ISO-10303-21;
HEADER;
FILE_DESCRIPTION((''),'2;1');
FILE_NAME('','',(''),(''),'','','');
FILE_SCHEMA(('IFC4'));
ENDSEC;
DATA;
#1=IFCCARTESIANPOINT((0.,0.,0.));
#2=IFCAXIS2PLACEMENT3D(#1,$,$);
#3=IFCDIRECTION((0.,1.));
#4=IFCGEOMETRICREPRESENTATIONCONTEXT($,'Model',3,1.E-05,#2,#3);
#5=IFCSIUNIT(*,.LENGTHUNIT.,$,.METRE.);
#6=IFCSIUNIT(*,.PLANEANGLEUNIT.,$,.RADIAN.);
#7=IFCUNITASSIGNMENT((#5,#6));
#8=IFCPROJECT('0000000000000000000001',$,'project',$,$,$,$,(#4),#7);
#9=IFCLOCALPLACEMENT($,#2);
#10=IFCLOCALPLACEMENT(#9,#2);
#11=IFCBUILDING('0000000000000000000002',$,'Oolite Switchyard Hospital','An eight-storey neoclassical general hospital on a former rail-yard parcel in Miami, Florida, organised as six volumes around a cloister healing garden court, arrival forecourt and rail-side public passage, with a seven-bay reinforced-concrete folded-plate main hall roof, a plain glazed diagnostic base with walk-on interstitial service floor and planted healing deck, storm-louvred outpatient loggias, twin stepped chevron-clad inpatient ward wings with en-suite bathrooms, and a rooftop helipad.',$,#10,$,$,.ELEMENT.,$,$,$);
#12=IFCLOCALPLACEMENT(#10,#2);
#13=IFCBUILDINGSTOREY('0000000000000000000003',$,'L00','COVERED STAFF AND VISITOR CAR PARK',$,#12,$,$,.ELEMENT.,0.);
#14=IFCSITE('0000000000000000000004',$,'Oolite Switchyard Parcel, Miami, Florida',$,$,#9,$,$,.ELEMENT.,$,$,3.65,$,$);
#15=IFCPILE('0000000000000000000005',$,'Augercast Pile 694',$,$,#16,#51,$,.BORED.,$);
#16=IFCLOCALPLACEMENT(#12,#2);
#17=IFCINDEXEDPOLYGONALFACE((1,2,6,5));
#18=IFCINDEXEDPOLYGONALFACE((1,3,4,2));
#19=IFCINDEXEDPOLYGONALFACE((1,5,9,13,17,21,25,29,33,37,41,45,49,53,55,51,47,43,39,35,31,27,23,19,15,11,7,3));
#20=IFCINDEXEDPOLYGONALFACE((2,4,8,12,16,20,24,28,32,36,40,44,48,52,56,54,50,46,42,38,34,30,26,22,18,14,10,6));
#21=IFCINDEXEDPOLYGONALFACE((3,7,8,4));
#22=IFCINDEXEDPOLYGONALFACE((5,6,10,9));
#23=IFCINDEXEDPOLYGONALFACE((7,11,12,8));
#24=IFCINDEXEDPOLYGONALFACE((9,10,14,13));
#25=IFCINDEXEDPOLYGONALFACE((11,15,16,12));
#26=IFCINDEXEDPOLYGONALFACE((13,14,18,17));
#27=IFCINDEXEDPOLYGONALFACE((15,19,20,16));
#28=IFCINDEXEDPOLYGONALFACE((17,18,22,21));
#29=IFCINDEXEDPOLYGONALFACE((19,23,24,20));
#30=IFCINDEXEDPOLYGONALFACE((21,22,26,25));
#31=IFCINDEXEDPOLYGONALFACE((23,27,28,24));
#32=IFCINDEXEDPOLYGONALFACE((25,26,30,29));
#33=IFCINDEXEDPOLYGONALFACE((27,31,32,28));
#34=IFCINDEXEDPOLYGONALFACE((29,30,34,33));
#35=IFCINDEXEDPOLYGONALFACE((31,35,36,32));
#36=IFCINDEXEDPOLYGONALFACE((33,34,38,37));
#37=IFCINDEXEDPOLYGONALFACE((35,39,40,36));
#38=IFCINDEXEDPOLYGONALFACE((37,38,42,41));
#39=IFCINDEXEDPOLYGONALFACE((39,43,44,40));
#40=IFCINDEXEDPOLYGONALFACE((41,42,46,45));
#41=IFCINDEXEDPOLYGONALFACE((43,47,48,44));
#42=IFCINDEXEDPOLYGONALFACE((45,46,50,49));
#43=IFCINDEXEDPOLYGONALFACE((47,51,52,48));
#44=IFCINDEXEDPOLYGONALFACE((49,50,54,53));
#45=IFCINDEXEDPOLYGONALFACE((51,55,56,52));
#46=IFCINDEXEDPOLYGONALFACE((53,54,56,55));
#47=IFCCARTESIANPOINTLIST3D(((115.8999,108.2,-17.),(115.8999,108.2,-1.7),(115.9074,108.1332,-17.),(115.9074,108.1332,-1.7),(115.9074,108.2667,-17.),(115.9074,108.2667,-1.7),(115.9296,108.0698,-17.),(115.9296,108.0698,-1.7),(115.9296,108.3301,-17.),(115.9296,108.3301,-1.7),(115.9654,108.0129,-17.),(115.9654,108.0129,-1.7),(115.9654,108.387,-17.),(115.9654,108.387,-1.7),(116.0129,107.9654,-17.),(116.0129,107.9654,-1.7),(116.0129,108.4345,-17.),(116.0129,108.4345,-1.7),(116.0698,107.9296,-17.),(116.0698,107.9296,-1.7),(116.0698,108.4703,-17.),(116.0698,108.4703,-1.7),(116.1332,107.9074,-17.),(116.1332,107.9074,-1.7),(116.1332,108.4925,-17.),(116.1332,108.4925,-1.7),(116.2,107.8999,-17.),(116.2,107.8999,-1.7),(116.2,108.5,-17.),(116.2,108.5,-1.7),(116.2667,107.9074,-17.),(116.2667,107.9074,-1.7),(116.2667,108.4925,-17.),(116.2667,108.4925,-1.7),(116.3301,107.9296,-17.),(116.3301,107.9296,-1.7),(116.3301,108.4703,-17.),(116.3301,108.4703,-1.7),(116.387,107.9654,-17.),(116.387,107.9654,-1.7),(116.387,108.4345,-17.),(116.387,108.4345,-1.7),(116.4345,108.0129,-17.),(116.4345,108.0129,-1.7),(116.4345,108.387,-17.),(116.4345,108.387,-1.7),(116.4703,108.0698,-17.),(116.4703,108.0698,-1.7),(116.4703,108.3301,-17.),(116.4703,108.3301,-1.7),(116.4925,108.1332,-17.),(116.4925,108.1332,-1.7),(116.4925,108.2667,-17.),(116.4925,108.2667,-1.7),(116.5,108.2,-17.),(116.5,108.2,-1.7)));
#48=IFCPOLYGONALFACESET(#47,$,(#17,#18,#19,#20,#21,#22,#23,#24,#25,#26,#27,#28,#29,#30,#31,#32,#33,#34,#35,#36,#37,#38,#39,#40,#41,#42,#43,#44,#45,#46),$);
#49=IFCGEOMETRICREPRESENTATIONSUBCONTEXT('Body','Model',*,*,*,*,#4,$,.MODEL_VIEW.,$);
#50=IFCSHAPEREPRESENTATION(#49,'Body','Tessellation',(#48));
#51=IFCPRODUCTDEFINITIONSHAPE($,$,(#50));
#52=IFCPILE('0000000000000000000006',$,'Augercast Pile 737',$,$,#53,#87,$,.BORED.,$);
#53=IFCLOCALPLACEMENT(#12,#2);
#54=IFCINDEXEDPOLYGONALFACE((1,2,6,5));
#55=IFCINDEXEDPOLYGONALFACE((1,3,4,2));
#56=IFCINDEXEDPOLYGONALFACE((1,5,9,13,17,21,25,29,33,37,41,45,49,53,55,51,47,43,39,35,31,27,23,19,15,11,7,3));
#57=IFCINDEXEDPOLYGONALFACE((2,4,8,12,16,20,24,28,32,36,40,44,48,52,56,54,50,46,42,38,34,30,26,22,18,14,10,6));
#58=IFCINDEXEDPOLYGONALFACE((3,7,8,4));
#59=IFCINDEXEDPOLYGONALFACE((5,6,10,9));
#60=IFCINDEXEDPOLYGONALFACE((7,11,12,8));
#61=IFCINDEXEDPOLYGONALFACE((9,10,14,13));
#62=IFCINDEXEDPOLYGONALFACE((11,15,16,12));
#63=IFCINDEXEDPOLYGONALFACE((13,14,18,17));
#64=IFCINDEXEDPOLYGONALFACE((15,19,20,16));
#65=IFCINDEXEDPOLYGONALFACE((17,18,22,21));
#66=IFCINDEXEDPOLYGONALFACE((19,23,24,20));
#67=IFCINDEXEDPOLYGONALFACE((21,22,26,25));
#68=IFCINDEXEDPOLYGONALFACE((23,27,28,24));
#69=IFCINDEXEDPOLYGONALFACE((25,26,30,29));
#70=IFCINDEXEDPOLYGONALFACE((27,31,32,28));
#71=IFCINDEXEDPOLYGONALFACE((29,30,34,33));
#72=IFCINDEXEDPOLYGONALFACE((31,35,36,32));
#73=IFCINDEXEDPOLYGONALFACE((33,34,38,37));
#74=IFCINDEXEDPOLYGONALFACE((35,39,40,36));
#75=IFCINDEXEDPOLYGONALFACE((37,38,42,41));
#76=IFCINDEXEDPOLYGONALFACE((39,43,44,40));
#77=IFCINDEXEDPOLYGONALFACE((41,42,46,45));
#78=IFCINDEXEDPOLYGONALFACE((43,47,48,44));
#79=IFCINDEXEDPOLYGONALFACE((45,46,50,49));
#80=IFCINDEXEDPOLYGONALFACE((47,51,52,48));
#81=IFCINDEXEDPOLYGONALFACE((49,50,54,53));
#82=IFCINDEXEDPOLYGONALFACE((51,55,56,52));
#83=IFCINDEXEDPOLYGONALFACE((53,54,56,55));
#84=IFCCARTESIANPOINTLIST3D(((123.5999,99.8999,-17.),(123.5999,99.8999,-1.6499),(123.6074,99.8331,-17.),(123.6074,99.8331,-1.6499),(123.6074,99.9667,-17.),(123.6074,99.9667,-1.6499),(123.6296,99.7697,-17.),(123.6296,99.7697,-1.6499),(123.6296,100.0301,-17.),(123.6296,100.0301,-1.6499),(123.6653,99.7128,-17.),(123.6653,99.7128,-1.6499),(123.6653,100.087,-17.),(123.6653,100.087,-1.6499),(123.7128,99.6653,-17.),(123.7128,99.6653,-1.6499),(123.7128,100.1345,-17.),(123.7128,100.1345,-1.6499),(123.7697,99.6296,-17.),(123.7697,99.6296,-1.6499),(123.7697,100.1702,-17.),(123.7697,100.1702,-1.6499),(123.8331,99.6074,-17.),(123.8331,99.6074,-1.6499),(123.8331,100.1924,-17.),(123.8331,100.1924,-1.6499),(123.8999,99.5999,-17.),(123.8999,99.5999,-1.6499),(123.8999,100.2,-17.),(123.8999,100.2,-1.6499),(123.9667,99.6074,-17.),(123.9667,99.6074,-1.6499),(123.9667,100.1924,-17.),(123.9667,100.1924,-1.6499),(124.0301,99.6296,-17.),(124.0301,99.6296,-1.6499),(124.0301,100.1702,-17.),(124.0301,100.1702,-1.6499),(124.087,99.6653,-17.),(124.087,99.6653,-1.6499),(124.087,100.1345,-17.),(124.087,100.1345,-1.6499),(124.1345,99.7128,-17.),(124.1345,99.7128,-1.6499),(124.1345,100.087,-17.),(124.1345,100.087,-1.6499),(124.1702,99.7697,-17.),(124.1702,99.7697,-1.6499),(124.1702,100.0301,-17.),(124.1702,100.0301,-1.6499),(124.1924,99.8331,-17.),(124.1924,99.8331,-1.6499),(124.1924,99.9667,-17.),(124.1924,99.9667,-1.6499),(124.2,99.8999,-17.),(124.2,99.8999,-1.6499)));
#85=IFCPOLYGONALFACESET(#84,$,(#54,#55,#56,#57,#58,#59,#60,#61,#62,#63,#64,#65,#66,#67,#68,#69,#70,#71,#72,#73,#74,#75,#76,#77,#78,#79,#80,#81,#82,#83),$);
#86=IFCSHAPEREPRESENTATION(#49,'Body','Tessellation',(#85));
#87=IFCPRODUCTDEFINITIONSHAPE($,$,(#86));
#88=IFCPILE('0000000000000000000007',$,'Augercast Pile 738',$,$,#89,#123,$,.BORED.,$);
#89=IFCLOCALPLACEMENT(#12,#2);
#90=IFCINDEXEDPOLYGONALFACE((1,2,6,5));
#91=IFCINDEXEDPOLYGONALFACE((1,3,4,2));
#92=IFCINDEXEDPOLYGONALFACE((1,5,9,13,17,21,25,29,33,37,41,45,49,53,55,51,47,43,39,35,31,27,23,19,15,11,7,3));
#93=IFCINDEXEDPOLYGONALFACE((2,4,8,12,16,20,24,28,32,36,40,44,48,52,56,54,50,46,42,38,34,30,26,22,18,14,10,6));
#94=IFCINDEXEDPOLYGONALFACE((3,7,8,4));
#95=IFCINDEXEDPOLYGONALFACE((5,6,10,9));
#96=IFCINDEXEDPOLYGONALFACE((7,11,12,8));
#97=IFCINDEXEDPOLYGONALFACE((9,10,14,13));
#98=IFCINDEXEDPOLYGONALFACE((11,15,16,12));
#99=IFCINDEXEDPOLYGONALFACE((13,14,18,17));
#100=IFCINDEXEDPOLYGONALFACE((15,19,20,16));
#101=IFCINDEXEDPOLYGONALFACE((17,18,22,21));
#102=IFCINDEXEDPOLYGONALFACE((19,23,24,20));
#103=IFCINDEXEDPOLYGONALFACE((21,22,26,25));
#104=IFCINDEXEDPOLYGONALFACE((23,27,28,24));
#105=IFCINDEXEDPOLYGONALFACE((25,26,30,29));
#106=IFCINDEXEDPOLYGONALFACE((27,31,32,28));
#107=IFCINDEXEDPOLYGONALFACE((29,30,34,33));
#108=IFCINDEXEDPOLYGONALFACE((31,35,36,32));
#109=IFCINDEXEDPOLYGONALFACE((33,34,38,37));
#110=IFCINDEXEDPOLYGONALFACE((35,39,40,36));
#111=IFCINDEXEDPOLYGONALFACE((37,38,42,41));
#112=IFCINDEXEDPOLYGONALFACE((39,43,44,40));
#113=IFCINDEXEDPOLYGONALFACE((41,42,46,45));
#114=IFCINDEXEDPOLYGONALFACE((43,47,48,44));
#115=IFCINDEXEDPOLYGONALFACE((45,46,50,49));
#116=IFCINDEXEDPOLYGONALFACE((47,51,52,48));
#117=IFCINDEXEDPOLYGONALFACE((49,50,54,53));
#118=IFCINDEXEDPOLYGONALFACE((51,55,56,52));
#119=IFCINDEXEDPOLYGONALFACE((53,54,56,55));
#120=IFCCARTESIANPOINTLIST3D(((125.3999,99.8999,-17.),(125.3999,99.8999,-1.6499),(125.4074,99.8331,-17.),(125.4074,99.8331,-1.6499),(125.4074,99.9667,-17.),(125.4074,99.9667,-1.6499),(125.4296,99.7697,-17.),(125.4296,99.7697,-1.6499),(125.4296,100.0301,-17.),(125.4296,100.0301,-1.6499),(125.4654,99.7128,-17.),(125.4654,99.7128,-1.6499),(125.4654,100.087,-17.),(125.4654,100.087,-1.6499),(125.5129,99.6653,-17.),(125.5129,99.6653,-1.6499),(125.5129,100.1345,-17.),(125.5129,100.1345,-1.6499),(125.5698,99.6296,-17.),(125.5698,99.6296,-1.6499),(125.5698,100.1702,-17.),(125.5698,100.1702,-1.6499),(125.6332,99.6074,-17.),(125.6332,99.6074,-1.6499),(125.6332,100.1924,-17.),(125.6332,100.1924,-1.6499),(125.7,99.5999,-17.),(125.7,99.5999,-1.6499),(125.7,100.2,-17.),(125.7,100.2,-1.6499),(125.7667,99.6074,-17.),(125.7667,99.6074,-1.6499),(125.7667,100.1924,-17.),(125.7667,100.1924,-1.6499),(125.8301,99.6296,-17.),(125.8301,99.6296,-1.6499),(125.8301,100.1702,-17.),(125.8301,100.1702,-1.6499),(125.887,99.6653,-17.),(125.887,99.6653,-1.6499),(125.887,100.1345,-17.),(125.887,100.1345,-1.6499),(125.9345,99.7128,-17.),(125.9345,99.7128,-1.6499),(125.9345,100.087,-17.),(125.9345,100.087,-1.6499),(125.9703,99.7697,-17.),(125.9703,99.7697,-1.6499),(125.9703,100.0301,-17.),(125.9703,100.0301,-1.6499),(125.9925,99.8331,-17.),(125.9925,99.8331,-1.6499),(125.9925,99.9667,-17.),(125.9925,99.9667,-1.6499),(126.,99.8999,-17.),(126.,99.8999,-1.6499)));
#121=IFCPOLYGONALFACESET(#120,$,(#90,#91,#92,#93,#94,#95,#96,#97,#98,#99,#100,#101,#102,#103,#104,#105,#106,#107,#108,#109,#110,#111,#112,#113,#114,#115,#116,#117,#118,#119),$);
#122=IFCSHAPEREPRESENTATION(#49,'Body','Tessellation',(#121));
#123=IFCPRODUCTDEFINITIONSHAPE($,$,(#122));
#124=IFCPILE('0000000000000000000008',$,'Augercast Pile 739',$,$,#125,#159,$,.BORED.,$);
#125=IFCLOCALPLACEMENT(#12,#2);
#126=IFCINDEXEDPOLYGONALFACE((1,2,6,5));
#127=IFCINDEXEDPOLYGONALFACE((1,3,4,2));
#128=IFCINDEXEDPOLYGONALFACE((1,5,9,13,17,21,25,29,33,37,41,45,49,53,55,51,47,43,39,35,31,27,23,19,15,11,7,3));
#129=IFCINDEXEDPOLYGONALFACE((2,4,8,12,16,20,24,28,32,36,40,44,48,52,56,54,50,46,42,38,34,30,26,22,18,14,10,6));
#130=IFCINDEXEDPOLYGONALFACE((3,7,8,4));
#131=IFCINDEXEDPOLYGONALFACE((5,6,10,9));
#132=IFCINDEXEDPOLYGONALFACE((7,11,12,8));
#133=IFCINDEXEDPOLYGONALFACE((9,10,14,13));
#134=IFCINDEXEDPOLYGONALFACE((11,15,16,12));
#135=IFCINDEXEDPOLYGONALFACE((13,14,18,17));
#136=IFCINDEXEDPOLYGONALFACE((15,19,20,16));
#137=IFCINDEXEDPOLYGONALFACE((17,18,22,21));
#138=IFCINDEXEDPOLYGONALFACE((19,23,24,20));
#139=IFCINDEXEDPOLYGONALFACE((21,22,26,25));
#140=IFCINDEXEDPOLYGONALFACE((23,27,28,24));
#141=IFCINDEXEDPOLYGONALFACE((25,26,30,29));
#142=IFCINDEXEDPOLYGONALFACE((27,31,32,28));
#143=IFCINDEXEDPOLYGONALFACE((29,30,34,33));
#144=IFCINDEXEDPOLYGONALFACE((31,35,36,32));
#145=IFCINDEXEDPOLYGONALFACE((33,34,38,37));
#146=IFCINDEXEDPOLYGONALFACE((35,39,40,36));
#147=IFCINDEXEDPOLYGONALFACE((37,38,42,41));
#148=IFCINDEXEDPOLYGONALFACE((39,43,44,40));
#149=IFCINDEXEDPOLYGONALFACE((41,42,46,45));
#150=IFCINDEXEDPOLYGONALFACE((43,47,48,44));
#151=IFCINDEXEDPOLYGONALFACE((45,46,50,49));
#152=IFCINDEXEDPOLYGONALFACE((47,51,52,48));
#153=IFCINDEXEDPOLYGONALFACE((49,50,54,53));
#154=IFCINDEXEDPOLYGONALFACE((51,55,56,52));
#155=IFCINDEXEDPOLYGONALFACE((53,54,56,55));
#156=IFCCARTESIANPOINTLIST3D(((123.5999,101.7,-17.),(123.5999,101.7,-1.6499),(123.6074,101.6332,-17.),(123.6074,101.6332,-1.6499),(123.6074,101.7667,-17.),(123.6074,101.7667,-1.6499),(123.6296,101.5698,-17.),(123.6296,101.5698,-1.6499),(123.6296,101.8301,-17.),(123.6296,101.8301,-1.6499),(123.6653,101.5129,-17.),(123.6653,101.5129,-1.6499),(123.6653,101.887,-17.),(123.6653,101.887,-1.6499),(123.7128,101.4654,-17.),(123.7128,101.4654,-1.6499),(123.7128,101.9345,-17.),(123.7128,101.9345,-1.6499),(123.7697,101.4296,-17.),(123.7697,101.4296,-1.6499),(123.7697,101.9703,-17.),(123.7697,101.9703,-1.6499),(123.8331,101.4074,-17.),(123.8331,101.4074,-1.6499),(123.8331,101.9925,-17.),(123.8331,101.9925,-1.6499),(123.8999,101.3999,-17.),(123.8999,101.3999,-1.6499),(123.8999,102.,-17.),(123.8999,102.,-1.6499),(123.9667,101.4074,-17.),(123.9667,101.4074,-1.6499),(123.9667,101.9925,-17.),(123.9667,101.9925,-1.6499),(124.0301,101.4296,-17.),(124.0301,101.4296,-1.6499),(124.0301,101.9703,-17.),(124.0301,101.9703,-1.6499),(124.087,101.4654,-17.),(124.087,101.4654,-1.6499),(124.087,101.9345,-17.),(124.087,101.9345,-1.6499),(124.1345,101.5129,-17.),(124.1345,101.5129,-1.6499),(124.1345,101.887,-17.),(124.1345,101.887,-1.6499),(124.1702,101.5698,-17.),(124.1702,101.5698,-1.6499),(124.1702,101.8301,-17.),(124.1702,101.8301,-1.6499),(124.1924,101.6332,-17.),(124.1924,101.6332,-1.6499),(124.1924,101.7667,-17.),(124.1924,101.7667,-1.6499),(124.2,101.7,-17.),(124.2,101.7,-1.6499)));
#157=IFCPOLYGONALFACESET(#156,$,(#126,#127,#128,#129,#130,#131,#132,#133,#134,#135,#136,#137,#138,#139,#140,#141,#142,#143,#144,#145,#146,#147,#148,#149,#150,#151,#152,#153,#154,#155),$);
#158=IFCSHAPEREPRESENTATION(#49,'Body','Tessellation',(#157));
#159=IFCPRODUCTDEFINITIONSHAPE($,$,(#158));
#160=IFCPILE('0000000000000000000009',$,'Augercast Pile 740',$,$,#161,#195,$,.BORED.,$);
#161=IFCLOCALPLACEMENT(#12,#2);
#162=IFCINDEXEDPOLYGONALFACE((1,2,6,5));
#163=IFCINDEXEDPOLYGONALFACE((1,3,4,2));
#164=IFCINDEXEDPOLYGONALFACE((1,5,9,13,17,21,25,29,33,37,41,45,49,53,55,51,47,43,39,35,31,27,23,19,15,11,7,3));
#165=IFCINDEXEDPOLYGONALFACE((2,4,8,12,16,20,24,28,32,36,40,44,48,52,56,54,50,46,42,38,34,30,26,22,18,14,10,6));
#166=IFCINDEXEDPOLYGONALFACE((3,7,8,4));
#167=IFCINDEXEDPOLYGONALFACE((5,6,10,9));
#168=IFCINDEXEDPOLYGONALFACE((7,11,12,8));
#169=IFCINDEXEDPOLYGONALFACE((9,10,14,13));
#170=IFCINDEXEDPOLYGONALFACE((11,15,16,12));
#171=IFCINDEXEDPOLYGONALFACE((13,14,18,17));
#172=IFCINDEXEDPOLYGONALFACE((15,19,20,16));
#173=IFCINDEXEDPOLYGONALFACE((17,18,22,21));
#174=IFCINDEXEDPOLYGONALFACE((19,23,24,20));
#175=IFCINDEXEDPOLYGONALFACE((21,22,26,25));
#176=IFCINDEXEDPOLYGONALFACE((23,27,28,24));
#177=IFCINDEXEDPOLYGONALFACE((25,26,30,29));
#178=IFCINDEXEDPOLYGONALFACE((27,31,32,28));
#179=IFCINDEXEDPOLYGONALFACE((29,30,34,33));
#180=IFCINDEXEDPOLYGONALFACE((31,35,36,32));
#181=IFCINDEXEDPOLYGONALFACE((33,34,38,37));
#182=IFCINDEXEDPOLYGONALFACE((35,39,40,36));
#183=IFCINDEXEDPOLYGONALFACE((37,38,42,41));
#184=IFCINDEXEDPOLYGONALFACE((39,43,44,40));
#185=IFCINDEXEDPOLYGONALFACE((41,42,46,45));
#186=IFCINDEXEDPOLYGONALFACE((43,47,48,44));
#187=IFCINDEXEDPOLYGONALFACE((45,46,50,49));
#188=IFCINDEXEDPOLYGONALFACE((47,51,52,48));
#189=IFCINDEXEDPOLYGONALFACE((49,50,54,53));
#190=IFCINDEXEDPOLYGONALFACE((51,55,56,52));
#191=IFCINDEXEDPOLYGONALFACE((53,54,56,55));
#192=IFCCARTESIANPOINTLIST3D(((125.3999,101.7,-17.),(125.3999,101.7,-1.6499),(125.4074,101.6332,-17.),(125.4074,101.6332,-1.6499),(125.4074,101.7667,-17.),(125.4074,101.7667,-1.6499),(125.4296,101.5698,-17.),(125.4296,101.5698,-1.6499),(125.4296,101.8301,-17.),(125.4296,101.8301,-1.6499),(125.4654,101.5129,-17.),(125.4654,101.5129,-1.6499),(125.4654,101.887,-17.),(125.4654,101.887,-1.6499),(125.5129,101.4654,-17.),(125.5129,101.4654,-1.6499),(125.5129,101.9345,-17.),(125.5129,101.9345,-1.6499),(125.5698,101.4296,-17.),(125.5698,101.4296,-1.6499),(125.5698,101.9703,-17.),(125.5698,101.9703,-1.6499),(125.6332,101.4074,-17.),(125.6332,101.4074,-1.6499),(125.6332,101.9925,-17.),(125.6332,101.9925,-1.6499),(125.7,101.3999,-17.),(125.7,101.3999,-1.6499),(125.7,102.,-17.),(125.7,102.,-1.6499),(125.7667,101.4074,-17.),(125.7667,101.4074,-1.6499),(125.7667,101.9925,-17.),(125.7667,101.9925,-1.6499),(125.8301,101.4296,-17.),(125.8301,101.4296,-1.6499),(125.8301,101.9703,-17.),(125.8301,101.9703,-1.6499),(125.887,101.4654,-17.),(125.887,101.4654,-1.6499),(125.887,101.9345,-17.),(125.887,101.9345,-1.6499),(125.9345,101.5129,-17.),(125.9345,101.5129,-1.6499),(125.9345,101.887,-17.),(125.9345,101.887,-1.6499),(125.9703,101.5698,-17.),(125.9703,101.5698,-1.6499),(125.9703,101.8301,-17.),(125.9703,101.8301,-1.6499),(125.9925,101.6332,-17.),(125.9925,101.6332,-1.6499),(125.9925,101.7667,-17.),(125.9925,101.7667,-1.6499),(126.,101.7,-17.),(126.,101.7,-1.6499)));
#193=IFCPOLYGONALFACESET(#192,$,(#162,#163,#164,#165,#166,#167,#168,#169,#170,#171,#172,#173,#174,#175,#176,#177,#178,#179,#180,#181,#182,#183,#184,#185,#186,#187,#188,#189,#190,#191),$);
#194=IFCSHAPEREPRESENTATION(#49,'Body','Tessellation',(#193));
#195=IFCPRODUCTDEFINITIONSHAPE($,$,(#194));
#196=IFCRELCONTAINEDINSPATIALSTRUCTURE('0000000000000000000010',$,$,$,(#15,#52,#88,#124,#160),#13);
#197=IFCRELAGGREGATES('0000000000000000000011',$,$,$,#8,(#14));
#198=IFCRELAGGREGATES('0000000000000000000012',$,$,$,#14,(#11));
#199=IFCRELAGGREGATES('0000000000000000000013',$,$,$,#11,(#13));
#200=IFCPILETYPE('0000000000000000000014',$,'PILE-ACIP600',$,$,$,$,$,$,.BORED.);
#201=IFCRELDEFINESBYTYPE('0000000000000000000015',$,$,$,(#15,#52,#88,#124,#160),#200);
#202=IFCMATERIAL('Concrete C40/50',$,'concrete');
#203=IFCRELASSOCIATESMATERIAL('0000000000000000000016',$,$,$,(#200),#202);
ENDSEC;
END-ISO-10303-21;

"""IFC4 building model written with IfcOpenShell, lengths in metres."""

from ifc_helpers import new_model, si_unit, direction, frame, origin, origin_2d, place, context, subcontext, project, spatial, circle, extrude, material, material_profile, profile_set, type_object, element, save


model = new_model("IFC4")

# Units and contexts
model_context = context("Model", 3, precision=1e-05, world=origin(), true_north=direction((0.0, 1.0)))
body_context = subcontext(model_context, "Body", "Model", "MODEL_VIEW")
ifc_project = project(units=[si_unit("LENGTHUNIT", "METRE"), si_unit("PLANEANGLEUNIT", "RADIAN")], contexts=[model_context])

# Site, building, storey
site_placement = place(None, origin())
site = spatial("IfcSite", under=ifc_project, at=site_placement, Name="Oolite Switchyard Parcel, Miami, Florida", CompositionType="ELEMENT", RefElevation=3.65)
building_placement = place(site_placement, origin())
building = spatial("IfcBuilding", under=site, at=building_placement, Name="Oolite Switchyard Hospital", Description="An eight-storey neoclassical general hospital on a former rail-yard parcel in Miami, Florida, organised as six volumes around a cloister healing garden court, arrival forecourt and rail-side public passage, with a seven-bay reinforced-concrete folded-plate main hall roof, a plain glazed diagnostic base with walk-on interstitial service floor and planted healing deck, storm-louvred outpatient loggias, twin stepped chevron-clad inpatient ward wings with en-suite bathrooms, and a rooftop helipad.", CompositionType="ELEMENT")
storey_placement = place(building_placement, origin())
storey = spatial("IfcBuildingStorey", under=building, at=storey_placement, Name="L00", Description="COVERED STAFF AND VISITOR CAR PARK", CompositionType="ELEMENT", Elevation=0.0)

# Shared definitions
ifc_material_1 = material(Name="Concrete C40/50", Category="concrete")

# Piles
ifc_material_profile_1 = material_profile(ifc_material_1, circle(Radius=0.3, at=origin_2d()), Name="PILE600")
ifc_profile_set_1 = profile_set([ifc_material_profile_1], Name="Concrete C40/50")
pile_type_1 = type_object("IfcPileType", Name="PILE-ACIP600", PredefinedType="BORED", material=ifc_profile_set_1)
pile_placement = place(storey_placement, frame((116.2, 108.2, -1.7), z_axis=(0.0, 0.0, -1.0), x_axis=(1.0, 0.0, 0.0)))
element("IfcPile", 1, at=pile_placement, inside=storey, type_object=pile_type_1, Name="Augercast Pile 694", PredefinedType="BORED", context=body_context, shape_type="SweptSolid", body=[
    extrude(circle(Radius=0.3, at=origin_2d()), origin(), (0.0, 0.0, 1.0), 15.3),
])
for number, where, z_axis, x_axis, name in (
    (2, (123.8999, 99.8999, -1.6499), (0.0, 0.0, -1.0), (1.0, 0.0, 0.0), "Augercast Pile 737"),
    (3, (125.7, 99.8999, -1.6499), (0.0, 0.0, -1.0), (1.0, 0.0, 0.0), "Augercast Pile 738"),
    (4, (123.8999, 101.7, -1.6499), (0.0, 0.0, -1.0), (1.0, 0.0, 0.0), "Augercast Pile 739"),
    (5, (125.7, 101.7, -1.6499), (0.0, 0.0, -1.0), (1.0, 0.0, 0.0), "Augercast Pile 740"),
):
    element("IfcPile", number, at=place(storey_placement, frame(where, z_axis=z_axis, x_axis=x_axis)), inside=storey, type_object=pile_type_1, Name=name, PredefinedType="BORED", context=body_context, shape_type="SweptSolid", body=[
        extrude(circle(Radius=0.3, at=origin_2d()), origin(), (0.0, 0.0, 1.0), 15.3501),
    ])

save(model, "model.ifc")
